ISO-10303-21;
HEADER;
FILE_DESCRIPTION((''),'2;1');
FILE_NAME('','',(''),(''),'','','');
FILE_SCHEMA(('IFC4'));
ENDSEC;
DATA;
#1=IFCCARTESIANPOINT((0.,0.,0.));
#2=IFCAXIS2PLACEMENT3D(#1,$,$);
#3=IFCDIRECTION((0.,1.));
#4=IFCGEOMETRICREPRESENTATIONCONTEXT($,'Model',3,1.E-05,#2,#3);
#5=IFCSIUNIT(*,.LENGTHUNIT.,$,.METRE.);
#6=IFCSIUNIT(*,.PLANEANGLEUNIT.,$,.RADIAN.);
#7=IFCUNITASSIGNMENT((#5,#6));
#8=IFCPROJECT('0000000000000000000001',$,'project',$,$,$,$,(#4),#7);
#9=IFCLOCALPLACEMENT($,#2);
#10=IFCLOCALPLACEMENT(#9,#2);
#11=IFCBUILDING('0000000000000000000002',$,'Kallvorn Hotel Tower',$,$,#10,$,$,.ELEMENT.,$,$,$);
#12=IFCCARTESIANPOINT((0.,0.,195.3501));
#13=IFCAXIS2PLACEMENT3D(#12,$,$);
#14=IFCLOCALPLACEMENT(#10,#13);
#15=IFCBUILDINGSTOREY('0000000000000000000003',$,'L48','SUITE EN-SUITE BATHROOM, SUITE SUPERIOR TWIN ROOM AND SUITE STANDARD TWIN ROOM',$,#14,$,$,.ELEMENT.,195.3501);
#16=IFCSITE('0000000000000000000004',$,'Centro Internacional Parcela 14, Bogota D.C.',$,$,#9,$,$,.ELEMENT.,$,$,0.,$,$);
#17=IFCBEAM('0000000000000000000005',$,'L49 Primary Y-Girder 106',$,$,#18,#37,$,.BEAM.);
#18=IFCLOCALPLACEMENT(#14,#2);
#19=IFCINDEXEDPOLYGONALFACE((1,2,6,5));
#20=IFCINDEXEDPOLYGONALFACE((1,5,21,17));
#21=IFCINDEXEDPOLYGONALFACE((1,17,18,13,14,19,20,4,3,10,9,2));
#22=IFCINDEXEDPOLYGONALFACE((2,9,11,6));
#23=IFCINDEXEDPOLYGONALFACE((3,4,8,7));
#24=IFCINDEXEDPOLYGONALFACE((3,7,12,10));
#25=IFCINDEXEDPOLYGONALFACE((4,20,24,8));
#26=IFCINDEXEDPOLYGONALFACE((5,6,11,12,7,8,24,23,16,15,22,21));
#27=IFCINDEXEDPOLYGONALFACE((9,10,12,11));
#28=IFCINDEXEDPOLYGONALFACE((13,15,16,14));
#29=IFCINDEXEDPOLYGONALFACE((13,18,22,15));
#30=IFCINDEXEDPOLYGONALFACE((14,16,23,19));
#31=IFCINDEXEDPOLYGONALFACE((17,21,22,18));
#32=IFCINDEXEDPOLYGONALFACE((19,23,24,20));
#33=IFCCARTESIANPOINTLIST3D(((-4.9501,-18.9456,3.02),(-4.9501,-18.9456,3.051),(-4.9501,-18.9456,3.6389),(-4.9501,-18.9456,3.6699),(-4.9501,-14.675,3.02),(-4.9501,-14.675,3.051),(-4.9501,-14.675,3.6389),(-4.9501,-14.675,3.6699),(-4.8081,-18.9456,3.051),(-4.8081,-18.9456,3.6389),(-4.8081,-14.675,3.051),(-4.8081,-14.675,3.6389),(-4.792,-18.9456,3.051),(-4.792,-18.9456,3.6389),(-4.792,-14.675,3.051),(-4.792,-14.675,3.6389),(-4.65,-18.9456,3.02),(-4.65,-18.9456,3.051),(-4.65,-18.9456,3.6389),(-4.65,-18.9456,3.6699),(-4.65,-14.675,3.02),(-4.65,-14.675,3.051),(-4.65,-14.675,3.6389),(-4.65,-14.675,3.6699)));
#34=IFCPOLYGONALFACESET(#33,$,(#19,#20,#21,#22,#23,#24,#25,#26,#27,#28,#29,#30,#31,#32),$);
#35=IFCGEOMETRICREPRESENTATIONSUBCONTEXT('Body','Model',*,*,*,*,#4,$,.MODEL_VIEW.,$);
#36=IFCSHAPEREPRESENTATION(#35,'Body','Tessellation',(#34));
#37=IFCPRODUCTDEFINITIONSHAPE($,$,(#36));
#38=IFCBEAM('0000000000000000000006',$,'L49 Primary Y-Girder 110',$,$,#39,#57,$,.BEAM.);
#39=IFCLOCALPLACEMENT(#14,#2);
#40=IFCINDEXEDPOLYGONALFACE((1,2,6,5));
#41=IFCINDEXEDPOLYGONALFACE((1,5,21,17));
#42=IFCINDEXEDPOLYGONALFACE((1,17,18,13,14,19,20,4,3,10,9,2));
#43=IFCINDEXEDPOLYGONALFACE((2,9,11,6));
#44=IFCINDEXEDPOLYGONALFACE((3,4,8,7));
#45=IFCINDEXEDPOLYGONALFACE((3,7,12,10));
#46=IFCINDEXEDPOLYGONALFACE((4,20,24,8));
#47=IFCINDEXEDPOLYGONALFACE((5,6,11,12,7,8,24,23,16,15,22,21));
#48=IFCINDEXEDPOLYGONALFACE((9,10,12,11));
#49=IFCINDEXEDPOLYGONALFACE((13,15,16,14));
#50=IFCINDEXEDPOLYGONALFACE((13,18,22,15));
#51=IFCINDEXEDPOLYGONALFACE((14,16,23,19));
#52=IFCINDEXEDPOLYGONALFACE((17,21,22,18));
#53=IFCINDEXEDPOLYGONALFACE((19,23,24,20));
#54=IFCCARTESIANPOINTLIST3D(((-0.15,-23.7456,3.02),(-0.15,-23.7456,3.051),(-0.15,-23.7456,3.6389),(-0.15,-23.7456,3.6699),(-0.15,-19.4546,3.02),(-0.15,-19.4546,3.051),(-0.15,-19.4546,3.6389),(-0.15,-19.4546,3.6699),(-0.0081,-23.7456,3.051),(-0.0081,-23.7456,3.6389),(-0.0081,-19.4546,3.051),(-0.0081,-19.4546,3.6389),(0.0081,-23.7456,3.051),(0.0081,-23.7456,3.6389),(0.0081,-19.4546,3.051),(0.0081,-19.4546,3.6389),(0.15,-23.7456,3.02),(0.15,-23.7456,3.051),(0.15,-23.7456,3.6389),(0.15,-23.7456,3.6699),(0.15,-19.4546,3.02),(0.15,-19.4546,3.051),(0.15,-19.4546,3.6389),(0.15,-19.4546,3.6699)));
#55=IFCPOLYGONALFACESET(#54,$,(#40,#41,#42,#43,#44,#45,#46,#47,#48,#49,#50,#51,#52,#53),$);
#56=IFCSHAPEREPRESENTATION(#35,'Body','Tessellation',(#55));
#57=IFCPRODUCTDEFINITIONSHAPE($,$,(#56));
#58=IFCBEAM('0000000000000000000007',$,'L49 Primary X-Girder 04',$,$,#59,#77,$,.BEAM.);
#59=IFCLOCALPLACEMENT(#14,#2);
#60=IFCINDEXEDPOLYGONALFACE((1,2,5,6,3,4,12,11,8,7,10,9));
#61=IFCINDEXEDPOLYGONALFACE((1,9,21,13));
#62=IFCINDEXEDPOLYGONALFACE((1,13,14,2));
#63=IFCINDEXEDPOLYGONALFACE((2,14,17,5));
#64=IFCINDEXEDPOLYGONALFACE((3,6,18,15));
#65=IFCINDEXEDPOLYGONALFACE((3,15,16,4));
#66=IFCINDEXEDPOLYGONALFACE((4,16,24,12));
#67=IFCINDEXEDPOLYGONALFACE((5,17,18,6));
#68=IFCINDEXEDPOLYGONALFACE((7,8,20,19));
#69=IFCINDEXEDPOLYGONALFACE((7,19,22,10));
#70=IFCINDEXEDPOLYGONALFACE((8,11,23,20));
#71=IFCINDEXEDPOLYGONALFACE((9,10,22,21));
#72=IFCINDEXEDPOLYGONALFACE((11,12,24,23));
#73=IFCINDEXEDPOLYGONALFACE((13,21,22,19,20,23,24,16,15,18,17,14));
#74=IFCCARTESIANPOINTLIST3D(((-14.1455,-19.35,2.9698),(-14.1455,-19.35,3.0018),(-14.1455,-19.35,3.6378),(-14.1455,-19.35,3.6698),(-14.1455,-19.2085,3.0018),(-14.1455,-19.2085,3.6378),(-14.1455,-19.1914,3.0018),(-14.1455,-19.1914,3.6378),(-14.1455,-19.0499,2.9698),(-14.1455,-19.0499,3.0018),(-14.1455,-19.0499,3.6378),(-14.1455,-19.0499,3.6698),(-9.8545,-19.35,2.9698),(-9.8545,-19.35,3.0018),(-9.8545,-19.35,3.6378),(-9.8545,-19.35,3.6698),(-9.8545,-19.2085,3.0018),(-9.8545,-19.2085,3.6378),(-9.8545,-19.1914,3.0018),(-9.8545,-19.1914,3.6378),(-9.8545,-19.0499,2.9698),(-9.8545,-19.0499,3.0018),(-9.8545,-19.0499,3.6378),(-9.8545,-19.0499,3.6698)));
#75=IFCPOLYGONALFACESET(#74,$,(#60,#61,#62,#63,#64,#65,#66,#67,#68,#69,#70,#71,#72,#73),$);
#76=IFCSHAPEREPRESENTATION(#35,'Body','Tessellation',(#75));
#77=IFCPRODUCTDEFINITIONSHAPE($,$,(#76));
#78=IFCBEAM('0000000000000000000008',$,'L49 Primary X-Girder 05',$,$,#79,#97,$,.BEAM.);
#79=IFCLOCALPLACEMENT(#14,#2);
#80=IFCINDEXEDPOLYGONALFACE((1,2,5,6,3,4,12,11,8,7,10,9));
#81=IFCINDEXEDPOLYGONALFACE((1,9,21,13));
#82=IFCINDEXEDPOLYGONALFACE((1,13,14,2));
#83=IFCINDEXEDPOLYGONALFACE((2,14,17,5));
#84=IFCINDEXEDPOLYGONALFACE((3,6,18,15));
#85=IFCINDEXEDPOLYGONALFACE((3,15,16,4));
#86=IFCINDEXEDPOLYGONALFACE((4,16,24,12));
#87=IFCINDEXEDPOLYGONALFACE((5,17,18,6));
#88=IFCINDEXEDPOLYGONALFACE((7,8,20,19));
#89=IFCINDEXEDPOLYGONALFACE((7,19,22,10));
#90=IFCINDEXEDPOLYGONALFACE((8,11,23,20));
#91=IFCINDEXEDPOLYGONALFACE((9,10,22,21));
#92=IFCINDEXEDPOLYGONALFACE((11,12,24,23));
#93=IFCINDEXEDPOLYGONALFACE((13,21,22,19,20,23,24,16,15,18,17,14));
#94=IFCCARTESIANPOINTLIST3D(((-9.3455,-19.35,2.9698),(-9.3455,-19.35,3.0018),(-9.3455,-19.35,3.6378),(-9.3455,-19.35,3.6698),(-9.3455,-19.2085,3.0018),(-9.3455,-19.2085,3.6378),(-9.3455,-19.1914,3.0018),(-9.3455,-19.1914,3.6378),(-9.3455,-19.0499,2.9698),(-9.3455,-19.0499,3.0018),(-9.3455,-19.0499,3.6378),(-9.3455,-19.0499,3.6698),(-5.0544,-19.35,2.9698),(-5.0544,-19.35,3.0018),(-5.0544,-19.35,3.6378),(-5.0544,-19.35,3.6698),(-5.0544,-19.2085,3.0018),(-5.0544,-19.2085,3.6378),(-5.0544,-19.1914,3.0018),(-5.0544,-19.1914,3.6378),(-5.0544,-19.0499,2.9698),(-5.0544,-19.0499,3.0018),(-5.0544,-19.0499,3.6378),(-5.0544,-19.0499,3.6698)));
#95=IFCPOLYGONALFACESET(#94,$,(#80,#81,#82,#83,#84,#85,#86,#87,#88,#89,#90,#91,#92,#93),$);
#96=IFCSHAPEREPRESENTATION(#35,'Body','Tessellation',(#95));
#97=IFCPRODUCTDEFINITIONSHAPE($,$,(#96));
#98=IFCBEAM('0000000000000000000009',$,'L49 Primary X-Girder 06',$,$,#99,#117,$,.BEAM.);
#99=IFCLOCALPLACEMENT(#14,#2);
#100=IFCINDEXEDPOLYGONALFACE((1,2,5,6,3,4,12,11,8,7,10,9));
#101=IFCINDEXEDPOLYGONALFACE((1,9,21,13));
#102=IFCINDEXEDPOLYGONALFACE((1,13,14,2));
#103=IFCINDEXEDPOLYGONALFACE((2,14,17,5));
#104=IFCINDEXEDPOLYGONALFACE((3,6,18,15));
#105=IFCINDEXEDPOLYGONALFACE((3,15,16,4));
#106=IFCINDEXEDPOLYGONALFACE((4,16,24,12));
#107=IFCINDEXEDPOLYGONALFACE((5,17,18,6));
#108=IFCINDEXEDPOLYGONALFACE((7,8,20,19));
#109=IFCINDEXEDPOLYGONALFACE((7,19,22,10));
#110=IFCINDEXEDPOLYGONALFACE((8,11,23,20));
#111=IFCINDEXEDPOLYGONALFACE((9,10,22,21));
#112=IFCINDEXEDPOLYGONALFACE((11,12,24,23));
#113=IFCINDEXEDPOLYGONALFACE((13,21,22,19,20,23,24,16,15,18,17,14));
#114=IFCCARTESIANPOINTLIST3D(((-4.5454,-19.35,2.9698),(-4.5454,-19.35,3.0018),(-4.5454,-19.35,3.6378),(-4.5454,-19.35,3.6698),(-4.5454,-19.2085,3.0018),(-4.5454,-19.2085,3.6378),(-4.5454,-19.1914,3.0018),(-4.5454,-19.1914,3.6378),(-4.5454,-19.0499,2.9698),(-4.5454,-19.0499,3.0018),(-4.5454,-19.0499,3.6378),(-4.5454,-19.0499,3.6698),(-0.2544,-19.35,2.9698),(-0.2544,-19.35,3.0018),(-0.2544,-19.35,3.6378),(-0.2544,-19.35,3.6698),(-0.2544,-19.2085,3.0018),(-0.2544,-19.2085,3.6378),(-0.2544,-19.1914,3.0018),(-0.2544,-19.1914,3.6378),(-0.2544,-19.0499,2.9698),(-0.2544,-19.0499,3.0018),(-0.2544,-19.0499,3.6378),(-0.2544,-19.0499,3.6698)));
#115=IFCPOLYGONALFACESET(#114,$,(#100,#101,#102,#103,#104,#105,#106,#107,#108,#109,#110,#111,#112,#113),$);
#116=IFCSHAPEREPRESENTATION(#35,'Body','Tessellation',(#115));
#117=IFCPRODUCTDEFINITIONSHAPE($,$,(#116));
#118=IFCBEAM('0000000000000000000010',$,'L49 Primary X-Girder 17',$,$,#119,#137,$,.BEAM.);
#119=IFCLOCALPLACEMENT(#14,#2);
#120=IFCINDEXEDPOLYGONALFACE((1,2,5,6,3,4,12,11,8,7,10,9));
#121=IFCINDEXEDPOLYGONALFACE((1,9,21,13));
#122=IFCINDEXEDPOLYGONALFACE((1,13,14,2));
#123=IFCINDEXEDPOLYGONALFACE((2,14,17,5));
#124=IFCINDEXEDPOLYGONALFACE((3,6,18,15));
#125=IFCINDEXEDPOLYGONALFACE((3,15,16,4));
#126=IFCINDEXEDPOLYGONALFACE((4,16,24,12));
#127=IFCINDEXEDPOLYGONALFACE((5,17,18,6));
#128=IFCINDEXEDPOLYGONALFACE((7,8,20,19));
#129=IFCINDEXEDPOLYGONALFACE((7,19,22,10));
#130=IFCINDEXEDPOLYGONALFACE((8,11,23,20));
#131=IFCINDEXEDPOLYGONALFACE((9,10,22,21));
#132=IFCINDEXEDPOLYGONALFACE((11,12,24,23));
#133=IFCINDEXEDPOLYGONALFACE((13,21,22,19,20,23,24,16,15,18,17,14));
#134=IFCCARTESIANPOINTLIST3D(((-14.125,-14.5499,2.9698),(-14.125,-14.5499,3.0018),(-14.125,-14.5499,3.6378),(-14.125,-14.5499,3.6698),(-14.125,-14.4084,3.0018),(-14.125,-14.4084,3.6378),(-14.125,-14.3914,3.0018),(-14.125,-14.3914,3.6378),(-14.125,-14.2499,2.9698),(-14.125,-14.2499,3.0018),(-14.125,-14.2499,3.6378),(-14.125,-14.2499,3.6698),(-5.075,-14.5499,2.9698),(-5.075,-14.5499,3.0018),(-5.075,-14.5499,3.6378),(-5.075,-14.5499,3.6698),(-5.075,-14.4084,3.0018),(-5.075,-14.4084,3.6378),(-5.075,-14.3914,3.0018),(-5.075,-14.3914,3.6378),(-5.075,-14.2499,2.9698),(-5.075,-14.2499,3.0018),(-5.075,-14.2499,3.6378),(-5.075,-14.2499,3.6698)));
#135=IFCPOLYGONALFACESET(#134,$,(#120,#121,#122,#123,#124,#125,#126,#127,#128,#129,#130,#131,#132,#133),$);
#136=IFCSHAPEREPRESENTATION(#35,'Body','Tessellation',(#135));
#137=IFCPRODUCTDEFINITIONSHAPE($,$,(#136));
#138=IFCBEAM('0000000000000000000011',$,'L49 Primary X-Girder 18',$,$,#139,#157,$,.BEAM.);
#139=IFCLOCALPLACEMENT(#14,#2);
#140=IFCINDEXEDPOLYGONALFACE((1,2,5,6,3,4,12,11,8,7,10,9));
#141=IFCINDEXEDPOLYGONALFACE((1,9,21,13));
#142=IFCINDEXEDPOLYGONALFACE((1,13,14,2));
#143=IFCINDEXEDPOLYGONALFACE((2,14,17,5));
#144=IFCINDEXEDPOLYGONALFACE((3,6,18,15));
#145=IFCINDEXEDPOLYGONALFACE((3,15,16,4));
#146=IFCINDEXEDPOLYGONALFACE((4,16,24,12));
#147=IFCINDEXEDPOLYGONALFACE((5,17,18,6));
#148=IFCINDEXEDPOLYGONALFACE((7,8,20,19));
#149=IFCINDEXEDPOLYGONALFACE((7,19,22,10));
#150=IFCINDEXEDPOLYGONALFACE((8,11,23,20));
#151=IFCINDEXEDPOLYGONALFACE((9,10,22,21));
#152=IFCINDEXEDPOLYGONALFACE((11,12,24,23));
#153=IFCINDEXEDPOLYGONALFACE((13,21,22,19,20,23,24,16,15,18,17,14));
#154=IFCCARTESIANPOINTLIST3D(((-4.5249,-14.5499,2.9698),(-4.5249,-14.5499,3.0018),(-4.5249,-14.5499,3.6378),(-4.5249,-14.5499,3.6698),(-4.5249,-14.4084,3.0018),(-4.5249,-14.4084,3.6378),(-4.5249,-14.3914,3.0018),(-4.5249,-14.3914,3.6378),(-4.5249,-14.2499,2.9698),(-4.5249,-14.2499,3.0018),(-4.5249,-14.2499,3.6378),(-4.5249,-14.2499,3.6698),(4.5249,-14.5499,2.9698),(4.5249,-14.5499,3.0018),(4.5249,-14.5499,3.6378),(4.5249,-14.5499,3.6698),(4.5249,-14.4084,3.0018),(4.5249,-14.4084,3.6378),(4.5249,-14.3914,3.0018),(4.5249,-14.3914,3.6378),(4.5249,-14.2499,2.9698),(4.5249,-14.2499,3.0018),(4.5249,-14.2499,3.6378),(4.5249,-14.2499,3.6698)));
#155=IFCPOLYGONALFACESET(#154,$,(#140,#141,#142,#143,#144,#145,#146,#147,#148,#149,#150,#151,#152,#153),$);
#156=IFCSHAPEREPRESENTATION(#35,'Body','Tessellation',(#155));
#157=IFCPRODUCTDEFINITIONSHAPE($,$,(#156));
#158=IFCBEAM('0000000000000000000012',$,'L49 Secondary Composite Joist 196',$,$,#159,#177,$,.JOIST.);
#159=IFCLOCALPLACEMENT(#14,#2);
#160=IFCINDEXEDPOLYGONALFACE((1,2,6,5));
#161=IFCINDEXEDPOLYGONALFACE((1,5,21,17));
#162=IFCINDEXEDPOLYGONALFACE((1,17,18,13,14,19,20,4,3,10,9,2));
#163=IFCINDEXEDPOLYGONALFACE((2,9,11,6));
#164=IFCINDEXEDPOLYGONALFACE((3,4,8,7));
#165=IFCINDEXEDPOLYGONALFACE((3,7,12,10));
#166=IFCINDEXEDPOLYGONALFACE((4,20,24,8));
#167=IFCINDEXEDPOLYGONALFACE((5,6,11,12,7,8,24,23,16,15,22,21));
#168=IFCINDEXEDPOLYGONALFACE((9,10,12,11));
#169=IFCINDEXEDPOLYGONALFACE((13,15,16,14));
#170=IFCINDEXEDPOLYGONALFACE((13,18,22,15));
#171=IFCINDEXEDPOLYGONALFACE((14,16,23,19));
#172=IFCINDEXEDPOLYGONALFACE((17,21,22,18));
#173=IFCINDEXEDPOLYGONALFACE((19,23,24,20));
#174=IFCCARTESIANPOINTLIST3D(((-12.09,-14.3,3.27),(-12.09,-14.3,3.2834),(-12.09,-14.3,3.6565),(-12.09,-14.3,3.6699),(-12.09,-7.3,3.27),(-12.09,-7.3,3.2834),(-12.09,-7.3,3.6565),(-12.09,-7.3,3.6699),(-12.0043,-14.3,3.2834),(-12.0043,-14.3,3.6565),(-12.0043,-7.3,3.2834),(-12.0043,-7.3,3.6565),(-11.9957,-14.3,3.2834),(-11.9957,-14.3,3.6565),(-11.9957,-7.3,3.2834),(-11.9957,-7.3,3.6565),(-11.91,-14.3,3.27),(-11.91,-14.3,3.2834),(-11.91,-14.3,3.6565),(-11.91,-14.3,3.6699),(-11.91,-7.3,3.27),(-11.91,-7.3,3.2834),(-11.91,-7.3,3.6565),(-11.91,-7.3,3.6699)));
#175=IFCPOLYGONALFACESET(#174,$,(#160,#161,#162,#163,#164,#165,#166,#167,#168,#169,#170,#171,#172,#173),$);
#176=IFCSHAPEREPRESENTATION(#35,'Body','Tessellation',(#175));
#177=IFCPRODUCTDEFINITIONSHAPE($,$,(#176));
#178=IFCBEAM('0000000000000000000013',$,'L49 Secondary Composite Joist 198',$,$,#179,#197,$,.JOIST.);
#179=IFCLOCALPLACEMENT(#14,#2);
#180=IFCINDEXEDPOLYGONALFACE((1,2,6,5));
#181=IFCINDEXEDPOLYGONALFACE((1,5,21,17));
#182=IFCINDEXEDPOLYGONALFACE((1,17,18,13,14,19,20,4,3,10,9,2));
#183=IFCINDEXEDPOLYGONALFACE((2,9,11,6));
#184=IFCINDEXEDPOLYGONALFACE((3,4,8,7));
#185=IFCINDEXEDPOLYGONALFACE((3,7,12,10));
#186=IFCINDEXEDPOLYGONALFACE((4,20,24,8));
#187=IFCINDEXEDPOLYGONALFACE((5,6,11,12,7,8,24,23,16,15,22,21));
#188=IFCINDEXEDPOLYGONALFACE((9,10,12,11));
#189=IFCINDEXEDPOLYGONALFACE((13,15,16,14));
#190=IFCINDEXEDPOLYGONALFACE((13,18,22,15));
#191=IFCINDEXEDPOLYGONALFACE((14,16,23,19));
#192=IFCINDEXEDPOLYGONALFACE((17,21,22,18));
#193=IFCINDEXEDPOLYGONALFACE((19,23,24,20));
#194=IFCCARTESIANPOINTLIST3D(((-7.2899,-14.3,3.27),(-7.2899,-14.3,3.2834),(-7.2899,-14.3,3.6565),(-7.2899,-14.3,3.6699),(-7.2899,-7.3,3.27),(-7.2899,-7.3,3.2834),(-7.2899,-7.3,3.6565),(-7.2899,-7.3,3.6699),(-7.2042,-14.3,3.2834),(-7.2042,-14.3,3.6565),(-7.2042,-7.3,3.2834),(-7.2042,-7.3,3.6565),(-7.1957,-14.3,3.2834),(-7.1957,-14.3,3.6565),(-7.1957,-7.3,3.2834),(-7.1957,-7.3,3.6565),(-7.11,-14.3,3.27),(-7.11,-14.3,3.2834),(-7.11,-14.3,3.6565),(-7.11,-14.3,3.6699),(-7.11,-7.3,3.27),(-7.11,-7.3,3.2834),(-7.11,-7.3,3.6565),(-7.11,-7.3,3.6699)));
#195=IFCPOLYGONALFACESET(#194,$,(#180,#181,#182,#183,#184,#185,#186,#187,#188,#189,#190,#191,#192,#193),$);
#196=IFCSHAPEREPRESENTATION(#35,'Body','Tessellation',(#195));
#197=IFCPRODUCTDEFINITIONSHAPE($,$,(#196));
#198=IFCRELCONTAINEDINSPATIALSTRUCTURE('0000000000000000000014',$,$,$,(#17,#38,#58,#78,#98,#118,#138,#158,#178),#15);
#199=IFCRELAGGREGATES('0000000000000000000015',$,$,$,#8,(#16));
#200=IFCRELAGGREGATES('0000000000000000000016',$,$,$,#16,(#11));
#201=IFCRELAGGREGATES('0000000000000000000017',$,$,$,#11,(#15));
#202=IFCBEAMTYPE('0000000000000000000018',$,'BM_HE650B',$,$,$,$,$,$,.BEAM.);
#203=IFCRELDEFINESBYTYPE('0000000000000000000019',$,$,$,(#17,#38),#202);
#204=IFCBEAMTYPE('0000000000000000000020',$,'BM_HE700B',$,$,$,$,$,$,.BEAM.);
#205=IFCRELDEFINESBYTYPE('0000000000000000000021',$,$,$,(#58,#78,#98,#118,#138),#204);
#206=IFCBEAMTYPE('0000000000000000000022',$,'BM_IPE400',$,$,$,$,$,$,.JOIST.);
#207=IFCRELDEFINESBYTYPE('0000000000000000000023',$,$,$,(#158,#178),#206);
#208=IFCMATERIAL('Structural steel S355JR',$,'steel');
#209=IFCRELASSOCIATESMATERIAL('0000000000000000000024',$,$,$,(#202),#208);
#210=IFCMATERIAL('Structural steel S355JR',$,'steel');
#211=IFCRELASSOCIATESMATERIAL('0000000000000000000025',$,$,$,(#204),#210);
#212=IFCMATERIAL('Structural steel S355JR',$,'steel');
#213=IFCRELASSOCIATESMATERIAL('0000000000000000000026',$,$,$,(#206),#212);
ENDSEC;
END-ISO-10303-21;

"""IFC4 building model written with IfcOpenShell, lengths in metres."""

from ifc_helpers import new_model, si_unit, direction, frame, origin, origin_2d, place, context, subcontext, project, spatial, i_section, extrude, material, material_profile, profile_set, type_object, element, save


model = new_model("IFC4")

# Units and contexts
model_context = context("Model", 3, precision=1e-05, world=origin(), true_north=direction((0.0, 1.0)))
body_context = subcontext(model_context, "Body", "Model", "MODEL_VIEW")
ifc_project = project(units=[si_unit("LENGTHUNIT", "METRE"), si_unit("PLANEANGLEUNIT", "RADIAN")], contexts=[model_context])

# Site, building, storey
site_placement = place(None, origin())
site = spatial("IfcSite", under=ifc_project, at=site_placement, Name="Centro Internacional Parcela 14, Bogota D.C.", CompositionType="ELEMENT", RefElevation=0.0)
building_placement = place(site_placement, origin())
building = spatial("IfcBuilding", under=site, at=building_placement, Name="Kallvorn Hotel Tower", CompositionType="ELEMENT")
storey_placement = place(building_placement, frame((0.0, 0.0, 195.3501)))
storey = spatial("IfcBuildingStorey", under=building, at=storey_placement, Name="L48", Description="SUITE EN-SUITE BATHROOM, SUITE SUPERIOR TWIN ROOM AND SUITE STANDARD TWIN ROOM", CompositionType="ELEMENT", Elevation=195.3501)

# Beams
ifc_material_1 = material(Name="Structural steel S355JR", Category="steel")
ifc_material_profile_1 = material_profile(ifc_material_1, i_section(OverallWidth=0.3, OverallDepth=0.6499, WebThickness=0.0161, FlangeThickness=0.031, at=origin_2d()), Name="HE 650 B")
ifc_profile_set_1 = profile_set([ifc_material_profile_1], Name="Structural steel S355JR")
beam_type_1 = type_object("IfcBeamType", Name="BM_HE650B", PredefinedType="BEAM", material=ifc_profile_set_1)
beam_1_placement = place(storey_placement, frame((-4.8, -18.9456, 3.345), z_axis=(0.0, 1.0, 0.0), x_axis=(-1.0, 0.0, 0.0)))
element("IfcBeam", 1, at=beam_1_placement, inside=storey, type_object=beam_type_1, Name="L49 Primary Y-Girder 106", PredefinedType="BEAM", context=body_context, shape_type="SweptSolid", body=[
    extrude(i_section(OverallWidth=0.3, OverallDepth=0.6499, WebThickness=0.0161, FlangeThickness=0.031, at=origin_2d()), origin(), (0.0, 0.0, 1.0), 4.2705),
])
beam_2_placement = place(storey_placement, frame((0.0, -23.7456, 3.345), z_axis=(0.0, 1.0, 0.0), x_axis=(-1.0, 0.0, 0.0)))
element("IfcBeam", 2, at=beam_2_placement, inside=storey, type_object=beam_type_1, Name="L49 Primary Y-Girder 110", PredefinedType="BEAM", context=body_context, shape_type="SweptSolid", body=[
    extrude(i_section(OverallWidth=0.3, OverallDepth=0.6499, WebThickness=0.0161, FlangeThickness=0.031, at=origin_2d()), origin(), (0.0, 0.0, 1.0), 4.291),
])
ifc_material_2 = material(Name="Structural steel S355JR", Category="steel")
ifc_material_profile_2 = material_profile(ifc_material_2, i_section(OverallWidth=0.3, OverallDepth=0.7, WebThickness=0.0171, FlangeThickness=0.032, at=origin_2d()), Name="HE 700 B")
ifc_profile_set_2 = profile_set([ifc_material_profile_2], Name="Structural steel S355JR")
beam_type_2 = type_object("IfcBeamType", Name="BM_HE700B", PredefinedType="BEAM", material=ifc_profile_set_2)
for number, where, z_axis, x_axis, name in (
    (3, (-14.1455, -19.2, 3.3198), (1.0, 0.0, 0.0), (0.0, 1.0, 0.0), "L49 Primary X-Girder 04"),
    (4, (-9.3455, -19.2, 3.3198), (1.0, 0.0, 0.0), (0.0, 1.0, 0.0), "L49 Primary X-Girder 05"),
    (5, (-4.5454, -19.2, 3.3198), (1.0, 0.0, 0.0), (0.0, 1.0, 0.0), "L49 Primary X-Girder 06"),
):
    element("IfcBeam", number, at=place(storey_placement, frame(where, z_axis=z_axis, x_axis=x_axis)), inside=storey, type_object=beam_type_2, Name=name, PredefinedType="BEAM", context=body_context, shape_type="SweptSolid", body=[
        extrude(i_section(OverallWidth=0.3, OverallDepth=0.7, WebThickness=0.0171, FlangeThickness=0.032, at=origin_2d()), origin(), (0.0, 0.0, 1.0), 4.291),
    ])
beam_3_placement = place(storey_placement, frame((-14.125, -14.3999, 3.3198), z_axis=(1.0, 0.0, 0.0), x_axis=(0.0, 1.0, 0.0)))
element("IfcBeam", 6, at=beam_3_placement, inside=storey, type_object=beam_type_2, Name="L49 Primary X-Girder 17", PredefinedType="BEAM", context=body_context, shape_type="SweptSolid", body=[
    extrude(i_section(OverallWidth=0.3, OverallDepth=0.7, WebThickness=0.0171, FlangeThickness=0.032, at=origin_2d()), origin(), (0.0, 0.0, 1.0), 9.05),
])
beam_4_placement = place(storey_placement, frame((-4.5249, -14.3999, 3.3198), z_axis=(1.0, 0.0, 0.0), x_axis=(0.0, 1.0, 0.0)))
element("IfcBeam", 7, at=beam_4_placement, inside=storey, type_object=beam_type_2, Name="L49 Primary X-Girder 18", PredefinedType="BEAM", context=body_context, shape_type="SweptSolid", body=[
    extrude(i_section(OverallWidth=0.3, OverallDepth=0.7, WebThickness=0.0171, FlangeThickness=0.032, at=origin_2d()), origin(), (0.0, 0.0, 1.0), 9.0498),
])
ifc_material_3 = material(Name="Structural steel S355JR", Category="steel")
ifc_material_profile_3 = material_profile(ifc_material_3, i_section(OverallWidth=0.1799, OverallDepth=0.3999, WebThickness=0.0085, FlangeThickness=0.0134, at=origin_2d()), Name="IPE 400")
ifc_profile_set_3 = profile_set([ifc_material_profile_3], Name="Structural steel S355JR")
beam_type_3 = type_object("IfcBeamType", Name="BM_IPE400", PredefinedType="JOIST", material=ifc_profile_set_3)
for number, where, z_axis, x_axis, name in (
    (8, (-12.0, -14.3, 3.47), (0.0, 1.0, 0.0), (-1.0, 0.0, 0.0), "L49 Secondary Composite Joist 196"),
    (9, (-7.2, -14.3, 3.47), (0.0, 1.0, 0.0), (-1.0, 0.0, 0.0), "L49 Secondary Composite Joist 198"),
):
    element("IfcBeam", number, at=place(storey_placement, frame(where, z_axis=z_axis, x_axis=x_axis)), inside=storey, type_object=beam_type_3, Name=name, PredefinedType="JOIST", context=body_context, shape_type="SweptSolid", body=[
        extrude(i_section(OverallWidth=0.1799, OverallDepth=0.3999, WebThickness=0.0085, FlangeThickness=0.0134, at=origin_2d()), origin(), (0.0, 0.0, 1.0), 7.0),
    ])

save(model, "model.ifc")
